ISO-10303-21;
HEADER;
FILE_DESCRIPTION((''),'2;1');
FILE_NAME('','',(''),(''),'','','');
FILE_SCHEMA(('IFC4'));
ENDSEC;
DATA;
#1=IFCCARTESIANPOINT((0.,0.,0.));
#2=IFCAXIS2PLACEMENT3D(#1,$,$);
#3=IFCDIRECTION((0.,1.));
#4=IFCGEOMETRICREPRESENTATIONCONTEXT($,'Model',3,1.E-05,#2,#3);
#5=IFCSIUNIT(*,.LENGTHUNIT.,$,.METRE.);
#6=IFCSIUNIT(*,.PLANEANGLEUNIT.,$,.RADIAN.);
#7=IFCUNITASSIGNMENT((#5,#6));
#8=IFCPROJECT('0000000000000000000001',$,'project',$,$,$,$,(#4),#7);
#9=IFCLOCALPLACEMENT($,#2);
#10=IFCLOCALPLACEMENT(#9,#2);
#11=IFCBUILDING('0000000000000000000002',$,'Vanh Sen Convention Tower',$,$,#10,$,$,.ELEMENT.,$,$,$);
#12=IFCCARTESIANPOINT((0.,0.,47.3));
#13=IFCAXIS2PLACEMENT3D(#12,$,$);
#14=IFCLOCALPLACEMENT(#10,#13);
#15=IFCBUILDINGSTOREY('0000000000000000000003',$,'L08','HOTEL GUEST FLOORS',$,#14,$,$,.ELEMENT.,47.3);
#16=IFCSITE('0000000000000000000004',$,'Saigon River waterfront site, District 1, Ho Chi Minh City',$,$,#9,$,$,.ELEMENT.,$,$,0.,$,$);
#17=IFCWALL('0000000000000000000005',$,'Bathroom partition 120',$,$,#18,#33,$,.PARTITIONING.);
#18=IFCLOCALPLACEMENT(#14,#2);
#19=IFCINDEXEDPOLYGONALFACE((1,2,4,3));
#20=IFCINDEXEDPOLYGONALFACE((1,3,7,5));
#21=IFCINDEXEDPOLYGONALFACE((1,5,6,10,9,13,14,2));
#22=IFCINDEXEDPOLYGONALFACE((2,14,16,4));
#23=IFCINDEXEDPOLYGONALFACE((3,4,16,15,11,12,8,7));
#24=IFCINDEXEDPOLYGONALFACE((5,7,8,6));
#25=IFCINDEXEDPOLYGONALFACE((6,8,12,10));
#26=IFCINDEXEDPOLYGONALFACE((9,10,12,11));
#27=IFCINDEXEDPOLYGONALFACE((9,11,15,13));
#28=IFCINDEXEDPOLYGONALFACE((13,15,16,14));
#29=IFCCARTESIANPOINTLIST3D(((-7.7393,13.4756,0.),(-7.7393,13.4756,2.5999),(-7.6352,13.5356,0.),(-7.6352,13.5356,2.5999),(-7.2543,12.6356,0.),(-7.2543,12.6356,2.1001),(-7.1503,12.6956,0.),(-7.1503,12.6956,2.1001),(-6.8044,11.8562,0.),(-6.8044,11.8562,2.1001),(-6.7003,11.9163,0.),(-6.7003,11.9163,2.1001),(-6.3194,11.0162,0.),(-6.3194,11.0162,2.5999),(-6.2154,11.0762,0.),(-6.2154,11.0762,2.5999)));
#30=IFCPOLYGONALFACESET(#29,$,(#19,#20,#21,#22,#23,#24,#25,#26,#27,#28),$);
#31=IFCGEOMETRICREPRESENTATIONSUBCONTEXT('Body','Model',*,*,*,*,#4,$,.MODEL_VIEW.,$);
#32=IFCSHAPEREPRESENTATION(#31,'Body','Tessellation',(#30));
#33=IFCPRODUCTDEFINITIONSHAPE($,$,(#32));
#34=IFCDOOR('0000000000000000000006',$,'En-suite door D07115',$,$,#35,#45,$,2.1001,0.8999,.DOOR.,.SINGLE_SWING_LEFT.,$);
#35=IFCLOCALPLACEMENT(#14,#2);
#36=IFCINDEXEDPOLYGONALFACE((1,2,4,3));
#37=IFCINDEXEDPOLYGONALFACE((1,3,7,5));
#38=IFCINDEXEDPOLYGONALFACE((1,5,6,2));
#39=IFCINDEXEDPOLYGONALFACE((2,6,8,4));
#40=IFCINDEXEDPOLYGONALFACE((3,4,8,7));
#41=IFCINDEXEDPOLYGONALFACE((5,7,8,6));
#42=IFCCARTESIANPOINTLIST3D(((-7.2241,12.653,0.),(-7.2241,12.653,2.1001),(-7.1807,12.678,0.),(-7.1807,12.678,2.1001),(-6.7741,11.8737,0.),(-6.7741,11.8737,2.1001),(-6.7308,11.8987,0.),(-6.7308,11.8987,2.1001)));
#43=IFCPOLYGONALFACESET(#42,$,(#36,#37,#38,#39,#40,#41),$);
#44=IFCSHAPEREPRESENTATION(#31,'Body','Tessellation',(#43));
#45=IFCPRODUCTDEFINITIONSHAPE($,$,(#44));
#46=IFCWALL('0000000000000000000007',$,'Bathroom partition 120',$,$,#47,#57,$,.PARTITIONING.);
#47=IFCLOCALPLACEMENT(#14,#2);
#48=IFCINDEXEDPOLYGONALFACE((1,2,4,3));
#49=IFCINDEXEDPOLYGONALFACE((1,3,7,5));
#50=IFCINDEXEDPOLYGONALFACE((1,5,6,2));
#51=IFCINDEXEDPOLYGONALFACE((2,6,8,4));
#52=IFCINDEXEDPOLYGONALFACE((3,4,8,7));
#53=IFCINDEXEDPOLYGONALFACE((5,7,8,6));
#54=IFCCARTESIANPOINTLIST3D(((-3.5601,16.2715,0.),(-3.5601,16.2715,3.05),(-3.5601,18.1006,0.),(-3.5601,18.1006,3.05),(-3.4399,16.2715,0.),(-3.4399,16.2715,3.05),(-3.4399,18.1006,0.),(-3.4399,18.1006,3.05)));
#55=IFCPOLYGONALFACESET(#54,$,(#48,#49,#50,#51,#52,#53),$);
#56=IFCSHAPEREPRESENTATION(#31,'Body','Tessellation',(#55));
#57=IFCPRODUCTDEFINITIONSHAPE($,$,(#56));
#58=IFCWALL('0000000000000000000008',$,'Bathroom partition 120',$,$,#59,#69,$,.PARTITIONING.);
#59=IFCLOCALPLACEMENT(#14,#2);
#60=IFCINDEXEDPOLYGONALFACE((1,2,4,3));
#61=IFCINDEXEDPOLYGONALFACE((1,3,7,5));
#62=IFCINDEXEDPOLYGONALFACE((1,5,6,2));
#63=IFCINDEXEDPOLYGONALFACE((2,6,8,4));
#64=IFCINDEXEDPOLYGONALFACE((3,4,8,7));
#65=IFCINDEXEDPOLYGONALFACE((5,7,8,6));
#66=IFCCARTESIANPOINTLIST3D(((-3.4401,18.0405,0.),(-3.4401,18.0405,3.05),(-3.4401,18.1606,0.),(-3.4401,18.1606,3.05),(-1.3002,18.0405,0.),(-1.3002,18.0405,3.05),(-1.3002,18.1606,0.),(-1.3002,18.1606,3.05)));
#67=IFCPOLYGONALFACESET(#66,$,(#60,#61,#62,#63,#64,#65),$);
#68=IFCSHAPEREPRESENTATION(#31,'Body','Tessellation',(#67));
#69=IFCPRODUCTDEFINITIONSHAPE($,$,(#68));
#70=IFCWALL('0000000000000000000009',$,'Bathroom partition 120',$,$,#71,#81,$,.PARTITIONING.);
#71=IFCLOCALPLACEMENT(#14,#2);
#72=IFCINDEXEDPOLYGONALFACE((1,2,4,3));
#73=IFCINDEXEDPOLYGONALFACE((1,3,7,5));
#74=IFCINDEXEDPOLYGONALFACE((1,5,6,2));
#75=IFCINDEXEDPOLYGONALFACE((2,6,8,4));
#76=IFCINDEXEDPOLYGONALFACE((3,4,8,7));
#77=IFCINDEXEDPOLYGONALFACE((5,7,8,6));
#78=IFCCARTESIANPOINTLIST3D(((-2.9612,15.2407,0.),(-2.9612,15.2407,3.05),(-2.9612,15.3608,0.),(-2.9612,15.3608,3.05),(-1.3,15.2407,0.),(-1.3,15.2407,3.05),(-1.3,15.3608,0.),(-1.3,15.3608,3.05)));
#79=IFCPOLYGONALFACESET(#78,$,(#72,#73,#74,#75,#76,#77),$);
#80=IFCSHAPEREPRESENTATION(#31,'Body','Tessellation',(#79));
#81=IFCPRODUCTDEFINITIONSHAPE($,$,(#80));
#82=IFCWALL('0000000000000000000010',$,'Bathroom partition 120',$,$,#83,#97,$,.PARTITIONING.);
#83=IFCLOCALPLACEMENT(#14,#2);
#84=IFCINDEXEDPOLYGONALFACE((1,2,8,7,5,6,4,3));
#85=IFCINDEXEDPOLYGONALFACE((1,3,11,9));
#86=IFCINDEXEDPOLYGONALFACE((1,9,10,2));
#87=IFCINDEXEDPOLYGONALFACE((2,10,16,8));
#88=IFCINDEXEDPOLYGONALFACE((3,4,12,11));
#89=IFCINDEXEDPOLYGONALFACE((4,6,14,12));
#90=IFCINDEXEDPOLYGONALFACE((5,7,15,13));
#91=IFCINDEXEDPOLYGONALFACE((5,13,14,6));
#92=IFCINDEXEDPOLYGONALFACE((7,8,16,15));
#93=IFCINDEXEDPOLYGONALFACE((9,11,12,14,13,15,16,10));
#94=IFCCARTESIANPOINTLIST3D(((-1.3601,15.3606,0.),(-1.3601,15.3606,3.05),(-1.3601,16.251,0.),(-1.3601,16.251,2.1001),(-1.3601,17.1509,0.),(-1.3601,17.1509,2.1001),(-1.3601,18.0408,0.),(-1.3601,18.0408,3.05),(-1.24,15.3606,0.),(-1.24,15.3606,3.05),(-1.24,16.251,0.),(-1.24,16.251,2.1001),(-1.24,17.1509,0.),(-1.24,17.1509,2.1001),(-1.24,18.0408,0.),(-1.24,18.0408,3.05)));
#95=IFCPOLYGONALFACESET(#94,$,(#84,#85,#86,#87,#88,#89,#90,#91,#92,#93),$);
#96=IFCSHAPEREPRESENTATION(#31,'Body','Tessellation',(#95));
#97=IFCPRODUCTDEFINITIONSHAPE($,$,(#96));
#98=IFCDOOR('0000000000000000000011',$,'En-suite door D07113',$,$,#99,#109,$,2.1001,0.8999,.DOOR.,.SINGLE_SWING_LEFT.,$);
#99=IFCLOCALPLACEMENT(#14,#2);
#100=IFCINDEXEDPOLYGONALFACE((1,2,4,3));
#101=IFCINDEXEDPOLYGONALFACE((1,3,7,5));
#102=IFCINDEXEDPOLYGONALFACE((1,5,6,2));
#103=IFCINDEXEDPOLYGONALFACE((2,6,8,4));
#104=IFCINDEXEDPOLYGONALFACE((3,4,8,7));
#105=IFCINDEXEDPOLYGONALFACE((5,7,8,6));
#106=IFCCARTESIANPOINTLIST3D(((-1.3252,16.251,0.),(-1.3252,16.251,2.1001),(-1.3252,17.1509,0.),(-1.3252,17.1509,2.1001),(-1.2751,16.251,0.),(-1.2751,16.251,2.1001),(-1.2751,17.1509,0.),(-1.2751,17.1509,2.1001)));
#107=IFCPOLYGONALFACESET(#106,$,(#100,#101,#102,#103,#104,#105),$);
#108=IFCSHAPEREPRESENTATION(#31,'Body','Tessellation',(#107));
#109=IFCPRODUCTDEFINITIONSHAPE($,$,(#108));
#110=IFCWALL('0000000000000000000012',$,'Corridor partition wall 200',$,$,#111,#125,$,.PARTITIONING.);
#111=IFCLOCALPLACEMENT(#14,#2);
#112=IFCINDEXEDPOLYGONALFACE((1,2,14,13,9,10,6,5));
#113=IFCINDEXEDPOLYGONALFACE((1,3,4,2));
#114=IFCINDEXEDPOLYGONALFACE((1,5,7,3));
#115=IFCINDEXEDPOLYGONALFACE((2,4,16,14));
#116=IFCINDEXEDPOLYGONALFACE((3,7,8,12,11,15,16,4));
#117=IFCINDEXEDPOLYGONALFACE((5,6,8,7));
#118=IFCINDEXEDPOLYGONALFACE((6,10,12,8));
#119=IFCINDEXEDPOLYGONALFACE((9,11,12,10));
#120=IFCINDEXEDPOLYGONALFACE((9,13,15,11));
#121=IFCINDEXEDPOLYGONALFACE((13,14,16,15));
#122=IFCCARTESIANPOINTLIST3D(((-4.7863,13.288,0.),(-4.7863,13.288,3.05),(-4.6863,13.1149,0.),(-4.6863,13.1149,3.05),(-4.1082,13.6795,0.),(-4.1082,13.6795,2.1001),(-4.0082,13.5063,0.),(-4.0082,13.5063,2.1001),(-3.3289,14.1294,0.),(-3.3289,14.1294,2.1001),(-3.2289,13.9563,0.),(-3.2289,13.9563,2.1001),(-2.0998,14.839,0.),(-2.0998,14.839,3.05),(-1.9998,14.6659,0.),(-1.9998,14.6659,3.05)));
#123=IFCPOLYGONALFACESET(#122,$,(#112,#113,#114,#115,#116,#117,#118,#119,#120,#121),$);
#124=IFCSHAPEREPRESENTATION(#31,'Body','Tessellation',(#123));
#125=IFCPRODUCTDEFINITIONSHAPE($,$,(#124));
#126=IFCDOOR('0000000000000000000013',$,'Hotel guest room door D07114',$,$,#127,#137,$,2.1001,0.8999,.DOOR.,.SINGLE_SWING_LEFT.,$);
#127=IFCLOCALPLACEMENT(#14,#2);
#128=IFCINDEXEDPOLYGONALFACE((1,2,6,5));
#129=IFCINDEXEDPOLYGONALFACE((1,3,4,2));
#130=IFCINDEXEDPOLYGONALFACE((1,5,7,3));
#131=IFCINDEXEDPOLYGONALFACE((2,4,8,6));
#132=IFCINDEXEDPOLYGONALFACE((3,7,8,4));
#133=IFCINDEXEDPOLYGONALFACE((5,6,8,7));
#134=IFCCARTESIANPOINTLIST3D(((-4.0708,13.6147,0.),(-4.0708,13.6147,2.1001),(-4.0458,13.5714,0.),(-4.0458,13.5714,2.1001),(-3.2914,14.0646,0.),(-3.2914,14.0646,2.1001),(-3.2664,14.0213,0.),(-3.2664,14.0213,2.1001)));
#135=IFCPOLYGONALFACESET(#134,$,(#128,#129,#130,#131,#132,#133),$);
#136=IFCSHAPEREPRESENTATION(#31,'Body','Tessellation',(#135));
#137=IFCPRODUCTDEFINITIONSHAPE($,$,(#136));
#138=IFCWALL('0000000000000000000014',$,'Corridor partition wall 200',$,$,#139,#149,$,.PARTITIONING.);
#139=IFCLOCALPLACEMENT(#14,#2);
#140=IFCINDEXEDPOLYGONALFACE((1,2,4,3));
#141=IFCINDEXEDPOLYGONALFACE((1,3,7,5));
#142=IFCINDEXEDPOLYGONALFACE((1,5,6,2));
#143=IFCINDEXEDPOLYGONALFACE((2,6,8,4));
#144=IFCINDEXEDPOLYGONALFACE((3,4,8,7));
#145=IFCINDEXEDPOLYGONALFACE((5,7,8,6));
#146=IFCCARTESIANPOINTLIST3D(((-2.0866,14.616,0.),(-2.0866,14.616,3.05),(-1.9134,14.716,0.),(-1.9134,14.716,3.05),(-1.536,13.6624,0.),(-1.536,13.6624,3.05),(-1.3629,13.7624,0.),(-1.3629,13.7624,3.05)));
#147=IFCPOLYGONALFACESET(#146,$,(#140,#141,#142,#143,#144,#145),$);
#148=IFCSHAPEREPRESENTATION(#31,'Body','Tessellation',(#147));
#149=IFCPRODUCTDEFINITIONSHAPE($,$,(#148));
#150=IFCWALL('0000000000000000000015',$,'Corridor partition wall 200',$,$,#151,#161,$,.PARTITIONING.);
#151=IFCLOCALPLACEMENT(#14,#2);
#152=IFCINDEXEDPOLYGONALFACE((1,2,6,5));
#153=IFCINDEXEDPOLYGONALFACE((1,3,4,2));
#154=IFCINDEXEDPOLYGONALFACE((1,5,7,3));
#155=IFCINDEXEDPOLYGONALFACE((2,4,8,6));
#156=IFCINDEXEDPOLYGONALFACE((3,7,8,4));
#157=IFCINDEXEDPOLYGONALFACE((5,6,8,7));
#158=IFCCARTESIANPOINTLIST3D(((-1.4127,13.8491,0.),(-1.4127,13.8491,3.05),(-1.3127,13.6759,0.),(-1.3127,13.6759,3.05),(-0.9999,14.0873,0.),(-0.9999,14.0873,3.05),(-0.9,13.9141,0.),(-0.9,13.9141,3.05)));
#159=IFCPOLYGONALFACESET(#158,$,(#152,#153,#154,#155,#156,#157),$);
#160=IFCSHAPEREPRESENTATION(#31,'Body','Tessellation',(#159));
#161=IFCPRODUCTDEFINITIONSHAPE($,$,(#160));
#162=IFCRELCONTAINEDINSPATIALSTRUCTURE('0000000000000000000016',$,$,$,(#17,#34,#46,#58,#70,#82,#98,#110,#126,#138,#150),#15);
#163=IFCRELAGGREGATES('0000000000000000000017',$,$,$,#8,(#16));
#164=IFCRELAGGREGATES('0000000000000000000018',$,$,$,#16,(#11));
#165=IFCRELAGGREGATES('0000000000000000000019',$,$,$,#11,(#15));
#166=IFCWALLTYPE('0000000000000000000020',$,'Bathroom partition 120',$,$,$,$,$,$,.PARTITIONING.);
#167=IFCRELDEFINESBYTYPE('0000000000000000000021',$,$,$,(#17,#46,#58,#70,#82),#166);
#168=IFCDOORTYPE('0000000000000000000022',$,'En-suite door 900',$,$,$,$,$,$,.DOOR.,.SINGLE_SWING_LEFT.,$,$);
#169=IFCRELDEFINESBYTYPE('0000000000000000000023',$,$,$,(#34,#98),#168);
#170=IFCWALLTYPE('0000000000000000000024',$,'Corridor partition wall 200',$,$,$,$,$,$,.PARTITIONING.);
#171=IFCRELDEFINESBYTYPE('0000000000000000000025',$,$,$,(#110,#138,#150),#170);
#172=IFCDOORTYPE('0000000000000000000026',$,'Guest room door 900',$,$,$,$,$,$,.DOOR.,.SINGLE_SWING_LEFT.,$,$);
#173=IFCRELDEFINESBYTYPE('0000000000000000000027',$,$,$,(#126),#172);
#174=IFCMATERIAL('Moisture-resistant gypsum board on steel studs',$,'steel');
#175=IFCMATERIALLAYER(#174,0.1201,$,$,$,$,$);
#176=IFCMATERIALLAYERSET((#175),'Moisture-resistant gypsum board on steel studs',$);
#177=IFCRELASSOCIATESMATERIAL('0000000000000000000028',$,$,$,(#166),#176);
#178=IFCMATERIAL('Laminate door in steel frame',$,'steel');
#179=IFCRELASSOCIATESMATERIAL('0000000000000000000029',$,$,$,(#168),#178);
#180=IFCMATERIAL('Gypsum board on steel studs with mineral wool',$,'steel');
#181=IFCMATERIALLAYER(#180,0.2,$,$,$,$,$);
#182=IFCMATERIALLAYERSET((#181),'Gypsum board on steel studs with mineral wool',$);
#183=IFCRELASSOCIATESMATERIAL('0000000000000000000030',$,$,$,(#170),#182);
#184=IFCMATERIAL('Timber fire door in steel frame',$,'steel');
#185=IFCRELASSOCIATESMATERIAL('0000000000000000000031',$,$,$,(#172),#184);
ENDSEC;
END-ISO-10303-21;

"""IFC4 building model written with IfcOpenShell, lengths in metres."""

from ifc_helpers import new_model, si_unit, direction, frame, frame_2d, origin, place, context, subcontext, project, spatial, rectangle, extrude, material, layer, layer_set, type_object, element, fill, save


model = new_model("IFC4")

# Units and contexts
model_context = context("Model", 3, precision=1e-05, world=origin(), true_north=direction((0.0, 1.0)))
body_context = subcontext(model_context, "Body", "Model", "MODEL_VIEW")
ifc_project = project(units=[si_unit("LENGTHUNIT", "METRE"), si_unit("PLANEANGLEUNIT", "RADIAN")], contexts=[model_context])

# Site, building, storey
site_placement = place(None, origin())
site = spatial("IfcSite", under=ifc_project, at=site_placement, Name="Saigon River waterfront site, District 1, Ho Chi Minh City", CompositionType="ELEMENT", RefElevation=0.0)
building_placement = place(site_placement, origin())
building = spatial("IfcBuilding", under=site, at=building_placement, Name="Vanh Sen Convention Tower", CompositionType="ELEMENT")
storey_placement = place(building_placement, frame((0.0, 0.0, 47.3)))
storey = spatial("IfcBuildingStorey", under=building, at=storey_placement, Name="L08", Description="HOTEL GUEST FLOORS", CompositionType="ELEMENT", Elevation=47.3)

# Wall, opening, door
ifc_material_1 = material(Name="Moisture-resistant gypsum board on steel studs", Category="steel")
ifc_layer_1 = layer(ifc_material_1, 0.1201)
ifc_layer_set_1 = layer_set([ifc_layer_1], Name="Moisture-resistant gypsum board on steel studs")
wall_type_1 = type_object("IfcWallType", Name="Bathroom partition 120", PredefinedType="PARTITIONING", material=ifc_layer_set_1)
wall_1_placement = place(storey_placement, frame((-7.6873, 13.5056, 0.0), z_axis=(0.0, 0.0, 1.0), x_axis=(0.499985, -0.866034, 0.0)))
wall_1 = element("IfcWall", 1, at=wall_1_placement, inside=storey, type_object=wall_type_1, Name="Bathroom partition 120", PredefinedType="PARTITIONING", context=body_context, shape_type="SweptSolid", body=[
    extrude(rectangle(XDim=2.8398, YDim=0.1201, at=frame_2d((1.4199, 0.0))), origin(), (0.0, 0.0, 1.0), 2.5999),
])
opening_1_placement = place(wall_1_placement, frame((0.97, 0.0, 0.0)))
opening_1 = element("IfcOpeningElement", 2, at=opening_1_placement, cuts=wall_1, PredefinedType="OPENING", context=body_context, shape_type="SweptSolid", body=[
    extrude(rectangle(XDim=0.8999, YDim=2.1001, at=frame_2d((0.45, 1.05))), frame((0.0, 0.0701, 0.0), z_axis=(0.0, -1.0, 0.0), x_axis=(1.0, 0.0, 0.0)), (0.0, 0.0, 1.0), 0.1401),
])
ifc_material_2 = material(Name="Laminate door in steel frame", Category="steel")
door_type_1 = type_object("IfcDoorType", Name="En-suite door 900", OperationType="SINGLE_SWING_LEFT", PredefinedType="DOOR", material=ifc_material_2)
door_1_placement = place(opening_1_placement, origin())
door_1 = element("IfcDoor", 3, at=door_1_placement, inside=storey, type_object=door_type_1, Name="En-suite door D07115", OperationType="SINGLE_SWING_LEFT", OverallHeight=2.1001, OverallWidth=0.8999, PredefinedType="DOOR", context=body_context, shape_type="SweptSolid", body=[
    extrude(rectangle(XDim=0.8999, YDim=2.1001, at=frame_2d((0.45, 1.05))), frame((0.0, 0.0249, 0.0), z_axis=(0.0, -1.0, 0.0), x_axis=(1.0, 0.0, 0.0)), (0.0, 0.0, 1.0), 0.05),
])
fill(opening_1, door_1)

# Walls
wall_2_placement = place(storey_placement, frame((-3.5, 16.2715, 0.0), z_axis=(0.0, 0.0, 1.0), x_axis=(0.0, 1.0, 0.0)))
element("IfcWall", 4, at=wall_2_placement, inside=storey, type_object=wall_type_1, Name="Bathroom partition 120", PredefinedType="PARTITIONING", context=body_context, shape_type="SweptSolid", body=[
    extrude(rectangle(XDim=1.8291, YDim=0.1201, at=frame_2d((0.9146, 0.0))), origin(), (0.0, 0.0, 1.0), 3.05),
])
wall_3_placement = place(storey_placement, frame((-3.4399, 18.1006, 0.0), z_axis=(0.0, 0.0, 1.0), x_axis=(1.0, 0.0, 0.0)))
element("IfcWall", 5, at=wall_3_placement, inside=storey, type_object=wall_type_1, Name="Bathroom partition 120", PredefinedType="PARTITIONING", context=body_context, shape_type="SweptSolid", body=[
    extrude(rectangle(XDim=2.1399, YDim=0.1201, at=frame_2d((1.0698, 0.0))), origin(), (0.0, 0.0, 1.0), 3.05),
])
wall_4_placement = place(storey_placement, frame((-1.3, 15.3008, 0.0), z_axis=(0.0, 0.0, 1.0), x_axis=(-1.0, 0.0, 0.0)))
element("IfcWall", 6, at=wall_4_placement, inside=storey, type_object=wall_type_1, Name="Bathroom partition 120", PredefinedType="PARTITIONING", context=body_context, shape_type="SweptSolid", body=[
    extrude(rectangle(XDim=1.6611, YDim=0.1201, at=frame_2d((0.8306, 0.0))), origin(), (0.0, 0.0, 1.0), 3.05),
])

# Walls, openings, doors
wall_5_placement = place(storey_placement, frame((-1.3, 18.0408, 0.0), z_axis=(0.0, 0.0, 1.0), x_axis=(0.0, -1.0, 0.0)))
wall_5 = element("IfcWall", 7, at=wall_5_placement, inside=storey, type_object=wall_type_1, Name="Bathroom partition 120", PredefinedType="PARTITIONING", context=body_context, shape_type="SweptSolid", body=[
    extrude(rectangle(XDim=2.6802, YDim=0.1201, at=frame_2d((1.3401, 0.0))), origin(), (0.0, 0.0, 1.0), 3.05),
])
opening_2_placement = place(wall_5_placement, frame((0.8899, 0.0, 0.0)))
opening_2 = element("IfcOpeningElement", 8, at=opening_2_placement, cuts=wall_5, PredefinedType="OPENING", context=body_context, shape_type="SweptSolid", body=[
    extrude(rectangle(XDim=0.8999, YDim=2.1001, at=frame_2d((0.45, 1.05))), frame((0.0, 0.0701, 0.0), z_axis=(0.0, -1.0, 0.0), x_axis=(1.0, 0.0, 0.0)), (0.0, 0.0, 1.0), 0.1401),
])
door_2_placement = place(opening_2_placement, origin())
door_2 = element("IfcDoor", 9, at=door_2_placement, inside=storey, type_object=door_type_1, Name="En-suite door D07113", OperationType="SINGLE_SWING_LEFT", OverallHeight=2.1001, OverallWidth=0.8999, PredefinedType="DOOR", context=body_context, shape_type="SweptSolid", body=[
    extrude(rectangle(XDim=0.8999, YDim=2.1001, at=frame_2d((0.45, 1.05))), frame((0.0, 0.0249, 0.0), z_axis=(0.0, -1.0, 0.0), x_axis=(1.0, 0.0, 0.0)), (0.0, 0.0, 1.0), 0.05),
])
fill(opening_2, door_2)
ifc_material_3 = material(Name="Gypsum board on steel studs with mineral wool", Category="steel")
ifc_layer_2 = layer(ifc_material_3, 0.2)
ifc_layer_set_2 = layer_set([ifc_layer_2], Name="Gypsum board on steel studs with mineral wool")
wall_type_2 = type_object("IfcWallType", Name="Corridor partition wall 200", PredefinedType="PARTITIONING", material=ifc_layer_set_2)
wall_6_placement = place(storey_placement, frame((-2.0498, 14.7524, 0.0), z_axis=(0.0, 0.0, 1.0), x_axis=(-0.866031, -0.49999, 0.0)))
wall_6 = element("IfcWall", 10, at=wall_6_placement, inside=storey, type_object=wall_type_2, Name="Corridor partition wall 200", PredefinedType="PARTITIONING", context=body_context, shape_type="SweptSolid", body=[
    extrude(rectangle(XDim=3.1021, YDim=0.2, at=frame_2d((1.551, 0.0))), origin(), (0.0, 0.0, 1.0), 3.05),
])
opening_3_placement = place(wall_6_placement, frame((1.4192, 0.0, 0.0)))
opening_3 = element("IfcOpeningElement", 11, at=opening_3_placement, cuts=wall_6, PredefinedType="OPENING", context=body_context, shape_type="SweptSolid", body=[
    extrude(rectangle(XDim=0.8999, YDim=2.1001, at=frame_2d((0.45, 1.05))), frame((0.0, 0.1099, 0.0), z_axis=(0.0, -1.0, 0.0), x_axis=(1.0, 0.0, 0.0)), (0.0, 0.0, 1.0), 0.22),
])
ifc_material_4 = material(Name="Timber fire door in steel frame", Category="steel")
door_type_2 = type_object("IfcDoorType", Name="Guest room door 900", OperationType="SINGLE_SWING_LEFT", PredefinedType="DOOR", material=ifc_material_4)
door_3_placement = place(opening_3_placement, origin())
door_3 = element("IfcDoor", 12, at=door_3_placement, inside=storey, type_object=door_type_2, Name="Hotel guest room door D07114", OperationType="SINGLE_SWING_LEFT", OverallHeight=2.1001, OverallWidth=0.8999, PredefinedType="DOOR", context=body_context, shape_type="SweptSolid", body=[
    extrude(rectangle(XDim=0.8999, YDim=2.1001, at=frame_2d((0.45, 1.05))), frame((0.0, 0.0249, 0.0), z_axis=(0.0, -1.0, 0.0), x_axis=(1.0, 0.0, 0.0)), (0.0, 0.0, 1.0), 0.05),
])
fill(opening_3, door_3)

# Walls
wall_7_placement = place(storey_placement, frame((-1.4495, 13.7124, 0.0), z_axis=(0.0, 0.0, 1.0), x_axis=(-0.499978, 0.866038, 0.0)))
element("IfcWall", 13, at=wall_7_placement, inside=storey, type_object=wall_type_2, Name="Corridor partition wall 200", PredefinedType="PARTITIONING", context=body_context, shape_type="SweptSolid", body=[
    extrude(rectangle(XDim=1.1011, YDim=0.2, at=frame_2d((0.5505, 0.0))), origin(), (0.0, 0.0, 1.0), 3.05),
])
wall_8_placement = place(storey_placement, frame((-0.95, 14.0007, 0.0), z_axis=(0.0, 0.0, 1.0), x_axis=(-0.866092, -0.499885, 0.0)))
element("IfcWall", 14, at=wall_8_placement, inside=storey, type_object=wall_type_2, Name="Corridor partition wall 200", PredefinedType="PARTITIONING", context=body_context, shape_type="SweptSolid", body=[
    extrude(rectangle(XDim=0.4766, YDim=0.2, at=frame_2d((0.2383, 0.0))), origin(), (0.0, 0.0, 1.0), 3.05),
])

save(model, "model.ifc")
